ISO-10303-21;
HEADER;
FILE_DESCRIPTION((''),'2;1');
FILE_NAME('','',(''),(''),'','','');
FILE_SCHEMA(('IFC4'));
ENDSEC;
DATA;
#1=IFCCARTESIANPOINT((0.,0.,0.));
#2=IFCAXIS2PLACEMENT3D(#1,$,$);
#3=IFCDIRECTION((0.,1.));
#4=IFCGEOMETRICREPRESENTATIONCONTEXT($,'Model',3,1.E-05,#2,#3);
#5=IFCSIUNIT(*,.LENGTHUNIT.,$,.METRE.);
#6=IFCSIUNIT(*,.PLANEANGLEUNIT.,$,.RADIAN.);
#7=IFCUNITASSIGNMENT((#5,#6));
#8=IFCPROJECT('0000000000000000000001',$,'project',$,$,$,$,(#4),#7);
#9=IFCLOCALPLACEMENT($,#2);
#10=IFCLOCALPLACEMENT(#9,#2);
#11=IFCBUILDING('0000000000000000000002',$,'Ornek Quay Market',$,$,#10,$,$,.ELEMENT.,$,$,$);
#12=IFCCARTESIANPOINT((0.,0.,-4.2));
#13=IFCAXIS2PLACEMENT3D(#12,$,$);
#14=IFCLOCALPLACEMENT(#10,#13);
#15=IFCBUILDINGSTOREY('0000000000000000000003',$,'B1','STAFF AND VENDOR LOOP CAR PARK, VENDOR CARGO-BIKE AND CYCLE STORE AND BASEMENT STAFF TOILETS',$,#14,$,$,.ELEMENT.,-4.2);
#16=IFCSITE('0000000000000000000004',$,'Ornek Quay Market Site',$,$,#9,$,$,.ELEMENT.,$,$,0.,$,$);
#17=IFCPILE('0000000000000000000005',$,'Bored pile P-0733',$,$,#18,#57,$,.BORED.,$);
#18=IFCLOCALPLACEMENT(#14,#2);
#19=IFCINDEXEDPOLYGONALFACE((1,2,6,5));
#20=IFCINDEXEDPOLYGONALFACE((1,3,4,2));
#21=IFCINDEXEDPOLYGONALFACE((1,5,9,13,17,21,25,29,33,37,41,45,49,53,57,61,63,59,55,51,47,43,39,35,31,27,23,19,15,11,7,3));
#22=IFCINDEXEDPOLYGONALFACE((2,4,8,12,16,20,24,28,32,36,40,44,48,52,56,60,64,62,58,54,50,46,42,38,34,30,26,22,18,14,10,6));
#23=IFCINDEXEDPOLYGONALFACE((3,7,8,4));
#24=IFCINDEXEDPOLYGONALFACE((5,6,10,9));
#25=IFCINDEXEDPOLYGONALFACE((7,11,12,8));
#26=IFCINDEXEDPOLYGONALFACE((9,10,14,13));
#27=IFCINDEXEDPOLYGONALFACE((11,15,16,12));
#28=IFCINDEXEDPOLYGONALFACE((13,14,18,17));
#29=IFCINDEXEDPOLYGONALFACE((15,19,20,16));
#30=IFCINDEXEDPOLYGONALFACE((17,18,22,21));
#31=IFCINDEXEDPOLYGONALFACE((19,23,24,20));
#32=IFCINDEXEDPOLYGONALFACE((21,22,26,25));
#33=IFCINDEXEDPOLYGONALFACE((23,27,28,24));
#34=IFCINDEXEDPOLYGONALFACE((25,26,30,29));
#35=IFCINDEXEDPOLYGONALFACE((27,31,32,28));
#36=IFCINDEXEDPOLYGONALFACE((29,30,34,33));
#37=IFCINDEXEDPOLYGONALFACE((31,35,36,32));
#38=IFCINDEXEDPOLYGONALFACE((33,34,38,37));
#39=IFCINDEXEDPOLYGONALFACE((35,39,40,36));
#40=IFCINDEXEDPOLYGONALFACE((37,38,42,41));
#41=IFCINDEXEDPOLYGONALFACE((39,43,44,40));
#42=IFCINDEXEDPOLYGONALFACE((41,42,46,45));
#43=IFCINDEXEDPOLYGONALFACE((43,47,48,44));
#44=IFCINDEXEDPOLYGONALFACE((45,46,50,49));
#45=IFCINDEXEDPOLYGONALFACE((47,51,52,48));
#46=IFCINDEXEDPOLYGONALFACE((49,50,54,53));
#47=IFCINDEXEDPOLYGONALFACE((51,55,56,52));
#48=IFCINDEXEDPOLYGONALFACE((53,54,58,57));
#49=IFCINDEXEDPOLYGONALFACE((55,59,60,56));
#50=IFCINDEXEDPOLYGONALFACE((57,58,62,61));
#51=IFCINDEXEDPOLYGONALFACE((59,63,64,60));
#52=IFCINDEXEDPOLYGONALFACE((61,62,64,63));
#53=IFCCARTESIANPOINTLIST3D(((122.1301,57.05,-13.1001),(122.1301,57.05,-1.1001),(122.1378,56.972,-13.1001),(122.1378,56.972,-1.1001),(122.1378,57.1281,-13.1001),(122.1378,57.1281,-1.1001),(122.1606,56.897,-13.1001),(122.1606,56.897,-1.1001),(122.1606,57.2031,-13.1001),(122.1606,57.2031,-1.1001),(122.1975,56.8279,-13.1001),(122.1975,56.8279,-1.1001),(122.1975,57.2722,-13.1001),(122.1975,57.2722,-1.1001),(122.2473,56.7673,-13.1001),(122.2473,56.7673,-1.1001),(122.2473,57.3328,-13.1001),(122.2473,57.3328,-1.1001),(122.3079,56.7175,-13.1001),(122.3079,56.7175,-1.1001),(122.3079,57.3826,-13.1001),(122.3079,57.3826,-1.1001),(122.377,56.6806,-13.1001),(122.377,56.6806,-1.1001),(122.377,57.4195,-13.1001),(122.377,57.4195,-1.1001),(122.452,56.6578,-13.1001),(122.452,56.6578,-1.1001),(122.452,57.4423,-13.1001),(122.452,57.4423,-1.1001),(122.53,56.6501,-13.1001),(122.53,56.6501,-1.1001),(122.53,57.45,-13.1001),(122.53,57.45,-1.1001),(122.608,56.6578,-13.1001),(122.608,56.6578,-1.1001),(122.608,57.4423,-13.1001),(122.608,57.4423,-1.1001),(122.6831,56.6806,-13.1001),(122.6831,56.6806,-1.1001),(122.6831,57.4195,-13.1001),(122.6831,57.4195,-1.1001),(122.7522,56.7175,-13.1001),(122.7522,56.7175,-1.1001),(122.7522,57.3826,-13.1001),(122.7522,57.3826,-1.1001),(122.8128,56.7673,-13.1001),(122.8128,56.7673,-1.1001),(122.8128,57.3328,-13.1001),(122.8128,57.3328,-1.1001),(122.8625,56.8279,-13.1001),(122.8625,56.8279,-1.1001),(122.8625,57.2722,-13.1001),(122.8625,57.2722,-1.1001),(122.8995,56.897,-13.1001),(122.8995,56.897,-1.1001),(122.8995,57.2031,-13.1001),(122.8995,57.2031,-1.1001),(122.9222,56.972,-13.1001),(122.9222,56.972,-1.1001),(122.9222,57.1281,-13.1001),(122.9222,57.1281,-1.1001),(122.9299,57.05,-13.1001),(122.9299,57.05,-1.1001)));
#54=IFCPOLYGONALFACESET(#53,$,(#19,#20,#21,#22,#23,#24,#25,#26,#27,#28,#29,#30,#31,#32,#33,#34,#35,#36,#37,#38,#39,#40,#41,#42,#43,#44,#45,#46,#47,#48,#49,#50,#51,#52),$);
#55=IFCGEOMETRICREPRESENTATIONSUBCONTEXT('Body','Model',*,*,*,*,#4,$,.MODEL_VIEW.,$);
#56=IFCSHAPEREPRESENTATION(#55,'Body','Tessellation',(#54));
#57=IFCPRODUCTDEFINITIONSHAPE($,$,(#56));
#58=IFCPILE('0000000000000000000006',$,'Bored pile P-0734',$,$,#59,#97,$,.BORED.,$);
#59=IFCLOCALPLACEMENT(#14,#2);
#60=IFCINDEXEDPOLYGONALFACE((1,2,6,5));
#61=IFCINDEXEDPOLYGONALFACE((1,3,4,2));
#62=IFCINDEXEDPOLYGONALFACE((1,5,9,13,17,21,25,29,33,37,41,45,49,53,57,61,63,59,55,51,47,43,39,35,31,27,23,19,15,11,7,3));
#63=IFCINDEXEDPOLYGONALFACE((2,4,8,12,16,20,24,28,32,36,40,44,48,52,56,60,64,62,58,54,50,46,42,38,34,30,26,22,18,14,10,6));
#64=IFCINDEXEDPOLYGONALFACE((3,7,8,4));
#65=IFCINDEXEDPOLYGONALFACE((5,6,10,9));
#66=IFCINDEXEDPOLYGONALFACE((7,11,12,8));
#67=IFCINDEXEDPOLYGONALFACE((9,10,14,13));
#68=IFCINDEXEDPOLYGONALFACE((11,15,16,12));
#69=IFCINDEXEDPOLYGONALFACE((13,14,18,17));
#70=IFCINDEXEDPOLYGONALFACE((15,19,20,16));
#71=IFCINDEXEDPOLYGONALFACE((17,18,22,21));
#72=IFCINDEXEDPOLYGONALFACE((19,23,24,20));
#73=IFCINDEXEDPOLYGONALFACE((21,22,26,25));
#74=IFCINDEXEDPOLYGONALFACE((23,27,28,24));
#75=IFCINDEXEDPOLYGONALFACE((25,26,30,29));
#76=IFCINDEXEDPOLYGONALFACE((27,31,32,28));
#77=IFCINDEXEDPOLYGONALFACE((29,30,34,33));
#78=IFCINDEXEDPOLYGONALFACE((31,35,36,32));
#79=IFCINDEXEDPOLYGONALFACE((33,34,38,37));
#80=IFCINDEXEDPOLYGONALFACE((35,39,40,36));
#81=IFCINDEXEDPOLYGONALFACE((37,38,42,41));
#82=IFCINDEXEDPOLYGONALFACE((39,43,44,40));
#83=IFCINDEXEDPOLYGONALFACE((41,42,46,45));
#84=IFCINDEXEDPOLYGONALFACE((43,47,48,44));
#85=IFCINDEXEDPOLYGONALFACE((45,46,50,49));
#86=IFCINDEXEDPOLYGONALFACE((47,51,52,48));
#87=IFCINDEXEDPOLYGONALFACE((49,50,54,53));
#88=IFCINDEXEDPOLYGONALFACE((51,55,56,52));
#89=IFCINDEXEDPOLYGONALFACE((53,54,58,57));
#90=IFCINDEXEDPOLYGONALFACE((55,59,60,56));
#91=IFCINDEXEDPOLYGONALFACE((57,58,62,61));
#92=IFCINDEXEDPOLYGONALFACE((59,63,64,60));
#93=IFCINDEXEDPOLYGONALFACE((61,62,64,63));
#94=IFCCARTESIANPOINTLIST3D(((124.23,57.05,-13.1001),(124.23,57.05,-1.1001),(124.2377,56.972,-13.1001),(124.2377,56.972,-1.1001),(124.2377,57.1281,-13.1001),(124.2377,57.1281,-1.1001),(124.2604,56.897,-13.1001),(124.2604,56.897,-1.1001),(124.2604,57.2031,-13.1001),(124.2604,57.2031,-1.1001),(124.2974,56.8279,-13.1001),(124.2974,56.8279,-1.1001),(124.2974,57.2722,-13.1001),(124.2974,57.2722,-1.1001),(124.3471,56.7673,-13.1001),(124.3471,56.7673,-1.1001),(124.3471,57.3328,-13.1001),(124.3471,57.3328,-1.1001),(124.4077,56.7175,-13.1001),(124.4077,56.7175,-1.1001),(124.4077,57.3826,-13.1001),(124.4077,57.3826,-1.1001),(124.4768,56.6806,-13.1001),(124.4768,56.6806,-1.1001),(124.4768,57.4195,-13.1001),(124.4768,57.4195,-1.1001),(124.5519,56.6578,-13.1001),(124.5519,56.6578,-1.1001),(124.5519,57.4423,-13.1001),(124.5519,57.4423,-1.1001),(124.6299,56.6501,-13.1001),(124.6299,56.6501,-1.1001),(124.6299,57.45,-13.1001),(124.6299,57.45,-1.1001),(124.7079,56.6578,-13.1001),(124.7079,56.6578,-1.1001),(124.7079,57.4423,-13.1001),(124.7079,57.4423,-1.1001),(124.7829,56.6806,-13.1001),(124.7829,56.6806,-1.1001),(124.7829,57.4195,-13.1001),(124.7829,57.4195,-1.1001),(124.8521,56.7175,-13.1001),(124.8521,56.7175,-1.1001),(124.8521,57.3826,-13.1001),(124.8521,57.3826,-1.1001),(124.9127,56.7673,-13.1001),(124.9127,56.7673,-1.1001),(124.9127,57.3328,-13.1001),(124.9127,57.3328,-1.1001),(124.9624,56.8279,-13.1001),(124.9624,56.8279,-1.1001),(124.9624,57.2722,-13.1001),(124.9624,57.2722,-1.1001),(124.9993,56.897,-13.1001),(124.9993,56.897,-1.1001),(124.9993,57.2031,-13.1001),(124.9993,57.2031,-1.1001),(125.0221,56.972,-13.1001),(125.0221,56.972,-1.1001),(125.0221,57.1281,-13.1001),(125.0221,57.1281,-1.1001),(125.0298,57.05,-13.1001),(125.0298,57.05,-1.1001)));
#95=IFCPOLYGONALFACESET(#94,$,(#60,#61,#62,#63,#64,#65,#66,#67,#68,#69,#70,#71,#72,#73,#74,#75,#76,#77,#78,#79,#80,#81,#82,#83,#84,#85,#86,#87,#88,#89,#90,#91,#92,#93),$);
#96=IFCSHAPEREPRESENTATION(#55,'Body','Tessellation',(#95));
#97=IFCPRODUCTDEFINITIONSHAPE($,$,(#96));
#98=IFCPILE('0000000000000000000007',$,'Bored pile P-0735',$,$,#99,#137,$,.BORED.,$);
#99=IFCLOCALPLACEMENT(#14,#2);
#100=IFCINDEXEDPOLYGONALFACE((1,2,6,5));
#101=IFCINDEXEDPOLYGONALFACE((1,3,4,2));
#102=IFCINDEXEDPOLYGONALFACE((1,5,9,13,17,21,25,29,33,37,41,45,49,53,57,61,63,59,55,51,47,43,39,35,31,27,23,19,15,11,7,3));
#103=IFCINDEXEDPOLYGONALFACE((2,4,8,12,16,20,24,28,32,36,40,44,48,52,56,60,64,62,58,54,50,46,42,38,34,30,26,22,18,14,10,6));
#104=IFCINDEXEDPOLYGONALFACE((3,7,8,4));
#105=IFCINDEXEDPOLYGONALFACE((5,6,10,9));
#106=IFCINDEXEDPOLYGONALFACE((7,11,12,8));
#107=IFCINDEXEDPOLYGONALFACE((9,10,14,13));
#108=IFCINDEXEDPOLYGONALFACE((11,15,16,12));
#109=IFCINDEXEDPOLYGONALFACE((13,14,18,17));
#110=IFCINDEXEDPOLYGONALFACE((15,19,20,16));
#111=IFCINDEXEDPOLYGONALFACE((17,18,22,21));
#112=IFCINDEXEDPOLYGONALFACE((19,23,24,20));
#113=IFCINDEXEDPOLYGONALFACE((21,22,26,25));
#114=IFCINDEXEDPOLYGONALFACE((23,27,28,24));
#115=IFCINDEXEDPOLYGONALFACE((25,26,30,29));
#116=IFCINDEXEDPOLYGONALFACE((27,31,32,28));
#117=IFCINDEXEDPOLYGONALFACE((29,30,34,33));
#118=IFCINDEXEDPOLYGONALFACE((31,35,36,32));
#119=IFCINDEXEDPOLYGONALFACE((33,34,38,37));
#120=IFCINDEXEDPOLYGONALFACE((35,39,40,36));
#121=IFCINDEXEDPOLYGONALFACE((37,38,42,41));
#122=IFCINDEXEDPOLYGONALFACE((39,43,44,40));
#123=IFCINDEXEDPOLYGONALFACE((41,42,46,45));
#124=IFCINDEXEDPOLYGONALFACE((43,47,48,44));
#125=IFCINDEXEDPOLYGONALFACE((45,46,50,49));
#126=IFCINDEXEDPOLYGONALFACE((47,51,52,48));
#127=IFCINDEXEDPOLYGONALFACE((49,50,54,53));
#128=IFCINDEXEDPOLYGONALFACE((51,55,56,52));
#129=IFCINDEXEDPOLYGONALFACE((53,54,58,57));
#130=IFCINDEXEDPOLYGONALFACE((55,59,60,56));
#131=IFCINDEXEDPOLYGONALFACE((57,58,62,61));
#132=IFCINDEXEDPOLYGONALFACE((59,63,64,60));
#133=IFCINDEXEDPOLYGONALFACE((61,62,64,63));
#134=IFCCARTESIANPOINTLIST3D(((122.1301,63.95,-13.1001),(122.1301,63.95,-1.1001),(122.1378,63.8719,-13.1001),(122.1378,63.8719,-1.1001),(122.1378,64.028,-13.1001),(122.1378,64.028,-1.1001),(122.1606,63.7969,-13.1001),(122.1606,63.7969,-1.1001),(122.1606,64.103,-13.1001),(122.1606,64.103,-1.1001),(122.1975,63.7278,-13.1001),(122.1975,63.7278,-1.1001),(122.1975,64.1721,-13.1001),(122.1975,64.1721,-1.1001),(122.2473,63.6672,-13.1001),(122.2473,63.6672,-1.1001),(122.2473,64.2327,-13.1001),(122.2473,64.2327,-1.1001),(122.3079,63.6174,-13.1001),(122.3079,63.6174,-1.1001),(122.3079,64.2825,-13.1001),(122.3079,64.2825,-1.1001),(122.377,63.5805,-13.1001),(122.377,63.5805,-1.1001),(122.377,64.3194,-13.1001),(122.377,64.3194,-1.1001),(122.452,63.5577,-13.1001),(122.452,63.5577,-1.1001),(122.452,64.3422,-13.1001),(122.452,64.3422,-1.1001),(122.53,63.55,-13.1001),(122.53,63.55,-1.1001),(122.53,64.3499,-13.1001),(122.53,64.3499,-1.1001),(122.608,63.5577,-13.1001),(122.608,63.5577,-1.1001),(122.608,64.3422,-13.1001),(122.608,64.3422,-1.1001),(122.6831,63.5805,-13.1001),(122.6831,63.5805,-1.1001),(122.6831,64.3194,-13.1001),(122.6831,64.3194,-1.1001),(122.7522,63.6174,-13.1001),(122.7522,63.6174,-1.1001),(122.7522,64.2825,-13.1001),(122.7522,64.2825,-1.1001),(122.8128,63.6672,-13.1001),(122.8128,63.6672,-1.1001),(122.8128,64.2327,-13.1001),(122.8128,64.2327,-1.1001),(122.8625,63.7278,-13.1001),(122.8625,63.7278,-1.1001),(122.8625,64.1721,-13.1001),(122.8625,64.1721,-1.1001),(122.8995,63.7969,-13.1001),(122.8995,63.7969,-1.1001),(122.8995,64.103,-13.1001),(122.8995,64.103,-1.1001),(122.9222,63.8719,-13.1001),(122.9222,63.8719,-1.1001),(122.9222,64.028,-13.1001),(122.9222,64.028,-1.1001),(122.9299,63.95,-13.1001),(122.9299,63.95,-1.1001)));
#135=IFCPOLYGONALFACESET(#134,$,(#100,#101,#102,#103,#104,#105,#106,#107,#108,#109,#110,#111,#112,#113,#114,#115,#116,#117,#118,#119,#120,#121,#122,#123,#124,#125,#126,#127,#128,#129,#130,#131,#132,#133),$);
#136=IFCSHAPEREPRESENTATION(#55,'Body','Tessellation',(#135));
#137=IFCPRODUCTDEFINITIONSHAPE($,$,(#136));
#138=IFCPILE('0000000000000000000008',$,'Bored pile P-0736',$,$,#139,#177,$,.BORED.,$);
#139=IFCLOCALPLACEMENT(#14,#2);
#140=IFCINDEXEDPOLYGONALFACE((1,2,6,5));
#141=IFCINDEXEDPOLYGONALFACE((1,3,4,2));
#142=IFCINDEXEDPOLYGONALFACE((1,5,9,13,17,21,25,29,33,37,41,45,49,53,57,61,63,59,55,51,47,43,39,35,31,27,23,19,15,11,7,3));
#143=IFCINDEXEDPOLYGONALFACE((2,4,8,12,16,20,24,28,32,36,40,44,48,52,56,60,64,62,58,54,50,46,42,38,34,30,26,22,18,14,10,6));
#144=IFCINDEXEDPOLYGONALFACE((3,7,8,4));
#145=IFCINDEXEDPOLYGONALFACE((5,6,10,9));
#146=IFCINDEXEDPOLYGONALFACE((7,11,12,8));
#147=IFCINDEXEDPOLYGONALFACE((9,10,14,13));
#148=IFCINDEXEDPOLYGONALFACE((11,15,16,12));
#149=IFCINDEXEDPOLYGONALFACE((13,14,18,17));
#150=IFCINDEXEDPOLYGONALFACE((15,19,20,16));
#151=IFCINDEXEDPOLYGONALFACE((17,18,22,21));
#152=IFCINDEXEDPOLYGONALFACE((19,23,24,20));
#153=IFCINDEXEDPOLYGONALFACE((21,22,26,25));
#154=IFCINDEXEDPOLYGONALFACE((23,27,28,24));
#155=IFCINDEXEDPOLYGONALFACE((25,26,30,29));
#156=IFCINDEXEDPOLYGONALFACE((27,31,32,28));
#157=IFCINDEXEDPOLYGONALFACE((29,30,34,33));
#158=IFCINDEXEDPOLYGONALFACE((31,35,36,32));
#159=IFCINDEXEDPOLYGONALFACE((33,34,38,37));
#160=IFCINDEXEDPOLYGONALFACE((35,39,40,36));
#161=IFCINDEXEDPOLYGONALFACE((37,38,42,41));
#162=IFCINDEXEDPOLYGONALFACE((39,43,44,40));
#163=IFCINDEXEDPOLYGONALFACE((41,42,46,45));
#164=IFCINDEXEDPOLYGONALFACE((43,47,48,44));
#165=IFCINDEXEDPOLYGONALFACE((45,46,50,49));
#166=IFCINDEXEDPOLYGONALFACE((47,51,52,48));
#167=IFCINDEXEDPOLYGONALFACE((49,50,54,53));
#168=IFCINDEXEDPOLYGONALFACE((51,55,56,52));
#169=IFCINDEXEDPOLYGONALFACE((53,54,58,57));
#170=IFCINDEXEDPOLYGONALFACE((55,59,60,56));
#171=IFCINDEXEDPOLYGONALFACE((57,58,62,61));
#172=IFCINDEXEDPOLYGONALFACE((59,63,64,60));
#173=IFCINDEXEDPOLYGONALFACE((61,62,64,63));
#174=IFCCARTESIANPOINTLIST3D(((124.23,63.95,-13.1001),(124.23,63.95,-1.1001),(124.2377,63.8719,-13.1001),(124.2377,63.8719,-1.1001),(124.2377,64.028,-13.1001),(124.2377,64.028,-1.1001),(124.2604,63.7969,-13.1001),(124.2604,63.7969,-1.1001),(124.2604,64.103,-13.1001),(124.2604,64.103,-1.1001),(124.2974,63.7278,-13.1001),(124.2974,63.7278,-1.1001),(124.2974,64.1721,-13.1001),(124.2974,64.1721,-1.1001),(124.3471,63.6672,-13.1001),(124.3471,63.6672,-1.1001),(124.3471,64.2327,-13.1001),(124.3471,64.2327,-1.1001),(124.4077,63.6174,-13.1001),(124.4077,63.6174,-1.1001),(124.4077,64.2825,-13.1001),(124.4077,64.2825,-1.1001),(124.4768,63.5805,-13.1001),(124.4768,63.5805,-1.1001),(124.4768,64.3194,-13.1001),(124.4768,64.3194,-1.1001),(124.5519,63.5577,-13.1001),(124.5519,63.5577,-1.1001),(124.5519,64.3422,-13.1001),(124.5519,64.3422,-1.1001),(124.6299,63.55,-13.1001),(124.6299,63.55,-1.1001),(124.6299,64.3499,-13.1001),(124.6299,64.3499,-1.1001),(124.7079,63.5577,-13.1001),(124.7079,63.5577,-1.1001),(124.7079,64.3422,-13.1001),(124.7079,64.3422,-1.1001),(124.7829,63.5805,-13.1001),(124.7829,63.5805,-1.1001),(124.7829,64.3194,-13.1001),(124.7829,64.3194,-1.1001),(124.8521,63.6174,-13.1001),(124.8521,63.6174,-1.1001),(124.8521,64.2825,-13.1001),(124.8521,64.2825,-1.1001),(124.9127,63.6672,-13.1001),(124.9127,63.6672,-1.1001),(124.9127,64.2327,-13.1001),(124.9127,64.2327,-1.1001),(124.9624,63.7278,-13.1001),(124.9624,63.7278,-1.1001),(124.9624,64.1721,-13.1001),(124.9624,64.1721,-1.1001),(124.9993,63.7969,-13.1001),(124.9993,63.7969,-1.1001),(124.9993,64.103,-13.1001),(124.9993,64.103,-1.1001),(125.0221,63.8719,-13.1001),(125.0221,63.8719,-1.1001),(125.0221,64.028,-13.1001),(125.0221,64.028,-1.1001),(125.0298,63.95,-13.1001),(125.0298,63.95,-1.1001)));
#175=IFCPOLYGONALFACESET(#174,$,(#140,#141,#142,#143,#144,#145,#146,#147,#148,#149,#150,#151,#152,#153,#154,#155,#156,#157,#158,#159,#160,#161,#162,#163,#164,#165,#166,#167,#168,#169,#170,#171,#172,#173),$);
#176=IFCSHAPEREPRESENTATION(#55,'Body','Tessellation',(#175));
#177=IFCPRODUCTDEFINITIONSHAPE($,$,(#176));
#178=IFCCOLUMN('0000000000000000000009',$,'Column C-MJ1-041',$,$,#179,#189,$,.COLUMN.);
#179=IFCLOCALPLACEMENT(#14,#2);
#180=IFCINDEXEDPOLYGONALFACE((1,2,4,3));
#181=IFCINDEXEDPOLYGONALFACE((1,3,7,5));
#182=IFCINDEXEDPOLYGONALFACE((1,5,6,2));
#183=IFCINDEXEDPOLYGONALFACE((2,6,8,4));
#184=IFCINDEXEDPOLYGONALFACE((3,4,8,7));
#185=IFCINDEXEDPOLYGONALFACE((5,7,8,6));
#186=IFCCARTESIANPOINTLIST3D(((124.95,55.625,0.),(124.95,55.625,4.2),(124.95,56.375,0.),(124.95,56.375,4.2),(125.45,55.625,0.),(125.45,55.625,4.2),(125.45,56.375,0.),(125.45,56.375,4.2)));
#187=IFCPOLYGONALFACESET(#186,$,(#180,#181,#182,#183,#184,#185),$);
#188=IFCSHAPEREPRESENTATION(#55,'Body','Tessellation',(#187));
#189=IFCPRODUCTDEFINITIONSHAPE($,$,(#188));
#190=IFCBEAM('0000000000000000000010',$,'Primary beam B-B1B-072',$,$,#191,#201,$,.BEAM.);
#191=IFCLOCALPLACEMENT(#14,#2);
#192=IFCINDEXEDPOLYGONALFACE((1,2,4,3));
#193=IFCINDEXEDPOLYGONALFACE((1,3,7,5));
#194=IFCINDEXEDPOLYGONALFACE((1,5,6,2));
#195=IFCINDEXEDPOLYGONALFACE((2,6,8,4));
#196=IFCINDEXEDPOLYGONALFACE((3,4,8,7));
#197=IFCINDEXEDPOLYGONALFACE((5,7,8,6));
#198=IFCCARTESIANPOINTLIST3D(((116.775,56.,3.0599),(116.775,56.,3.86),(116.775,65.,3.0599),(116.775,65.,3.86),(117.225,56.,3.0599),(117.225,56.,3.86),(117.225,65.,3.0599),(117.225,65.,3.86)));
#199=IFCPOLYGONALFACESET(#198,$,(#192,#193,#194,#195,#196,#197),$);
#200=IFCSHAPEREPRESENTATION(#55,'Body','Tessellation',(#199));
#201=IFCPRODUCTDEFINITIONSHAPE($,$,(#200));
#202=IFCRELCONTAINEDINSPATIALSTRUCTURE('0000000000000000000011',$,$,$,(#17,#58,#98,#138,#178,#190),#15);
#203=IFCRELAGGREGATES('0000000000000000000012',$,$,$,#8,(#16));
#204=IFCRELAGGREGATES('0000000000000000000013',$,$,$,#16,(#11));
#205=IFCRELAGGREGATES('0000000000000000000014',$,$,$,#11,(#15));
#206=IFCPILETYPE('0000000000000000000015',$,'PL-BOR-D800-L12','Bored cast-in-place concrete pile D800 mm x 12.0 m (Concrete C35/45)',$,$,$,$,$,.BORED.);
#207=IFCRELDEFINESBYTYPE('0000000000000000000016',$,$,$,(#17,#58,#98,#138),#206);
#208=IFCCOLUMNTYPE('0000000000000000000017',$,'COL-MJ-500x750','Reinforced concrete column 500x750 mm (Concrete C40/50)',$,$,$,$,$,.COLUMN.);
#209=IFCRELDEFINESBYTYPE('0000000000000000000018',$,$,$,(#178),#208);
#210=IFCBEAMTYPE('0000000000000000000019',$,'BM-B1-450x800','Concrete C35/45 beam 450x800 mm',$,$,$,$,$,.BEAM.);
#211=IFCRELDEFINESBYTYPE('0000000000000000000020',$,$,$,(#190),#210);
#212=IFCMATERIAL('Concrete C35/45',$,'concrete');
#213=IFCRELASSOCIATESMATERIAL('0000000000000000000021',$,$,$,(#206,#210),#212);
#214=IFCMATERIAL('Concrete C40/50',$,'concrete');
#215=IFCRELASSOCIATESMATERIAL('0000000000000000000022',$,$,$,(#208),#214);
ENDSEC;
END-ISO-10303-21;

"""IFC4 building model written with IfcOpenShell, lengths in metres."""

from ifc_helpers import new_model, si_unit, direction, frame, origin, origin_2d, place, context, subcontext, project, spatial, rectangle, circle, extrude, material, material_profile, profile_set, type_object, element, save


model = new_model("IFC4")

# Units and contexts
model_context = context("Model", 3, precision=1e-05, world=origin(), true_north=direction((0.0, 1.0)))
body_context = subcontext(model_context, "Body", "Model", "MODEL_VIEW")
ifc_project = project(units=[si_unit("LENGTHUNIT", "METRE"), si_unit("PLANEANGLEUNIT", "RADIAN")], contexts=[model_context])

# Site, building, storey
site_placement = place(None, origin())
site = spatial("IfcSite", under=ifc_project, at=site_placement, Name="Ornek Quay Market Site", CompositionType="ELEMENT", RefElevation=0.0)
building_placement = place(site_placement, origin())
building = spatial("IfcBuilding", under=site, at=building_placement, Name="Ornek Quay Market", CompositionType="ELEMENT")
storey_placement = place(building_placement, frame((0.0, 0.0, -4.2)))
storey = spatial("IfcBuildingStorey", under=building, at=storey_placement, Name="B1", Description="STAFF AND VENDOR LOOP CAR PARK, VENDOR CARGO-BIKE AND CYCLE STORE AND BASEMENT STAFF TOILETS", CompositionType="ELEMENT", Elevation=-4.2)

# Piles
ifc_material_1 = material(Name="Concrete C35/45", Category="concrete")
ifc_material_profile_1 = material_profile(ifc_material_1, circle(Radius=0.3999, at=origin_2d()), Name="PILE D800", Category="concrete")
ifc_profile_set_1 = profile_set([ifc_material_profile_1], Name="Concrete C35/45")
pile_type_1 = type_object("IfcPileType", Name="PL-BOR-D800-L12", Description="Bored cast-in-place concrete pile D800 mm x 12.0 m (Concrete C35/45)", PredefinedType="BORED", material=ifc_profile_set_1)
for number, where, z_axis, x_axis, name in (
    (1, (122.53, 57.05, -1.1001), (0.0, 0.0, -1.0), (1.0, 0.0, 0.0), "Bored pile P-0733"),
    (2, (124.6299, 57.05, -1.1001), (0.0, 0.0, -1.0), (1.0, 0.0, 0.0), "Bored pile P-0734"),
    (3, (122.53, 63.95, -1.1001), (0.0, 0.0, -1.0), (1.0, 0.0, 0.0), "Bored pile P-0735"),
    (4, (124.6299, 63.95, -1.1001), (0.0, 0.0, -1.0), (1.0, 0.0, 0.0), "Bored pile P-0736"),
):
    element("IfcPile", number, at=place(storey_placement, frame(where, z_axis=z_axis, x_axis=x_axis)), inside=storey, type_object=pile_type_1, Name=name, PredefinedType="BORED", context=body_context, shape_type="SweptSolid", body=[
        extrude(circle(Radius=0.3999, at=origin_2d()), origin(), (0.0, 0.0, 1.0), 12.0),
    ])

# Column
ifc_material_2 = material(Name="Concrete C40/50", Category="concrete")
ifc_material_profile_2 = material_profile(ifc_material_2, rectangle(XDim=0.5, YDim=0.75, at=origin_2d()), Name="RC 500x750", Category="concrete")
ifc_profile_set_2 = profile_set([ifc_material_profile_2], Name="Concrete C40/50")
column_type = type_object("IfcColumnType", Name="COL-MJ-500x750", Description="Reinforced concrete column 500x750 mm (Concrete C40/50)", PredefinedType="COLUMN", material=ifc_profile_set_2)
column_placement = place(storey_placement, frame((125.2, 56.0, 0.0), z_axis=(0.0, 0.0, 1.0), x_axis=(1.0, 0.0, 0.0)))
element("IfcColumn", 5, at=column_placement, inside=storey, type_object=column_type, Name="Column C-MJ1-041", PredefinedType="COLUMN", context=body_context, shape_type="SweptSolid", body=[
    extrude(rectangle(XDim=0.5, YDim=0.75, at=origin_2d()), origin(), (0.0, 0.0, 1.0), 4.2),
])

# Beam
ifc_material_profile_3 = material_profile(ifc_material_1, rectangle(XDim=0.45, YDim=0.8, at=origin_2d()), Name="RC 450x800", Category="concrete")
ifc_profile_set_3 = profile_set([ifc_material_profile_3], Name="Concrete C35/45")
beam_type_1 = type_object("IfcBeamType", Name="BM-B1-450x800", Description="Concrete C35/45 beam 450x800 mm", PredefinedType="BEAM", material=ifc_profile_set_3)
beam_1_placement = place(storey_placement, frame((117.0, 56.0, 3.46), z_axis=(0.0, 1.0, 0.0), x_axis=(-1.0, 0.0, 0.0)))
element("IfcBeam", 6, at=beam_1_placement, inside=storey, type_object=beam_type_1, Name="Primary beam B-B1B-072", PredefinedType="BEAM", context=body_context, shape_type="SweptSolid", body=[
    extrude(rectangle(XDim=0.45, YDim=0.8, at=origin_2d()), origin(), (0.0, 0.0, 1.0), 9.0),
])

save(model, "model.ifc")
